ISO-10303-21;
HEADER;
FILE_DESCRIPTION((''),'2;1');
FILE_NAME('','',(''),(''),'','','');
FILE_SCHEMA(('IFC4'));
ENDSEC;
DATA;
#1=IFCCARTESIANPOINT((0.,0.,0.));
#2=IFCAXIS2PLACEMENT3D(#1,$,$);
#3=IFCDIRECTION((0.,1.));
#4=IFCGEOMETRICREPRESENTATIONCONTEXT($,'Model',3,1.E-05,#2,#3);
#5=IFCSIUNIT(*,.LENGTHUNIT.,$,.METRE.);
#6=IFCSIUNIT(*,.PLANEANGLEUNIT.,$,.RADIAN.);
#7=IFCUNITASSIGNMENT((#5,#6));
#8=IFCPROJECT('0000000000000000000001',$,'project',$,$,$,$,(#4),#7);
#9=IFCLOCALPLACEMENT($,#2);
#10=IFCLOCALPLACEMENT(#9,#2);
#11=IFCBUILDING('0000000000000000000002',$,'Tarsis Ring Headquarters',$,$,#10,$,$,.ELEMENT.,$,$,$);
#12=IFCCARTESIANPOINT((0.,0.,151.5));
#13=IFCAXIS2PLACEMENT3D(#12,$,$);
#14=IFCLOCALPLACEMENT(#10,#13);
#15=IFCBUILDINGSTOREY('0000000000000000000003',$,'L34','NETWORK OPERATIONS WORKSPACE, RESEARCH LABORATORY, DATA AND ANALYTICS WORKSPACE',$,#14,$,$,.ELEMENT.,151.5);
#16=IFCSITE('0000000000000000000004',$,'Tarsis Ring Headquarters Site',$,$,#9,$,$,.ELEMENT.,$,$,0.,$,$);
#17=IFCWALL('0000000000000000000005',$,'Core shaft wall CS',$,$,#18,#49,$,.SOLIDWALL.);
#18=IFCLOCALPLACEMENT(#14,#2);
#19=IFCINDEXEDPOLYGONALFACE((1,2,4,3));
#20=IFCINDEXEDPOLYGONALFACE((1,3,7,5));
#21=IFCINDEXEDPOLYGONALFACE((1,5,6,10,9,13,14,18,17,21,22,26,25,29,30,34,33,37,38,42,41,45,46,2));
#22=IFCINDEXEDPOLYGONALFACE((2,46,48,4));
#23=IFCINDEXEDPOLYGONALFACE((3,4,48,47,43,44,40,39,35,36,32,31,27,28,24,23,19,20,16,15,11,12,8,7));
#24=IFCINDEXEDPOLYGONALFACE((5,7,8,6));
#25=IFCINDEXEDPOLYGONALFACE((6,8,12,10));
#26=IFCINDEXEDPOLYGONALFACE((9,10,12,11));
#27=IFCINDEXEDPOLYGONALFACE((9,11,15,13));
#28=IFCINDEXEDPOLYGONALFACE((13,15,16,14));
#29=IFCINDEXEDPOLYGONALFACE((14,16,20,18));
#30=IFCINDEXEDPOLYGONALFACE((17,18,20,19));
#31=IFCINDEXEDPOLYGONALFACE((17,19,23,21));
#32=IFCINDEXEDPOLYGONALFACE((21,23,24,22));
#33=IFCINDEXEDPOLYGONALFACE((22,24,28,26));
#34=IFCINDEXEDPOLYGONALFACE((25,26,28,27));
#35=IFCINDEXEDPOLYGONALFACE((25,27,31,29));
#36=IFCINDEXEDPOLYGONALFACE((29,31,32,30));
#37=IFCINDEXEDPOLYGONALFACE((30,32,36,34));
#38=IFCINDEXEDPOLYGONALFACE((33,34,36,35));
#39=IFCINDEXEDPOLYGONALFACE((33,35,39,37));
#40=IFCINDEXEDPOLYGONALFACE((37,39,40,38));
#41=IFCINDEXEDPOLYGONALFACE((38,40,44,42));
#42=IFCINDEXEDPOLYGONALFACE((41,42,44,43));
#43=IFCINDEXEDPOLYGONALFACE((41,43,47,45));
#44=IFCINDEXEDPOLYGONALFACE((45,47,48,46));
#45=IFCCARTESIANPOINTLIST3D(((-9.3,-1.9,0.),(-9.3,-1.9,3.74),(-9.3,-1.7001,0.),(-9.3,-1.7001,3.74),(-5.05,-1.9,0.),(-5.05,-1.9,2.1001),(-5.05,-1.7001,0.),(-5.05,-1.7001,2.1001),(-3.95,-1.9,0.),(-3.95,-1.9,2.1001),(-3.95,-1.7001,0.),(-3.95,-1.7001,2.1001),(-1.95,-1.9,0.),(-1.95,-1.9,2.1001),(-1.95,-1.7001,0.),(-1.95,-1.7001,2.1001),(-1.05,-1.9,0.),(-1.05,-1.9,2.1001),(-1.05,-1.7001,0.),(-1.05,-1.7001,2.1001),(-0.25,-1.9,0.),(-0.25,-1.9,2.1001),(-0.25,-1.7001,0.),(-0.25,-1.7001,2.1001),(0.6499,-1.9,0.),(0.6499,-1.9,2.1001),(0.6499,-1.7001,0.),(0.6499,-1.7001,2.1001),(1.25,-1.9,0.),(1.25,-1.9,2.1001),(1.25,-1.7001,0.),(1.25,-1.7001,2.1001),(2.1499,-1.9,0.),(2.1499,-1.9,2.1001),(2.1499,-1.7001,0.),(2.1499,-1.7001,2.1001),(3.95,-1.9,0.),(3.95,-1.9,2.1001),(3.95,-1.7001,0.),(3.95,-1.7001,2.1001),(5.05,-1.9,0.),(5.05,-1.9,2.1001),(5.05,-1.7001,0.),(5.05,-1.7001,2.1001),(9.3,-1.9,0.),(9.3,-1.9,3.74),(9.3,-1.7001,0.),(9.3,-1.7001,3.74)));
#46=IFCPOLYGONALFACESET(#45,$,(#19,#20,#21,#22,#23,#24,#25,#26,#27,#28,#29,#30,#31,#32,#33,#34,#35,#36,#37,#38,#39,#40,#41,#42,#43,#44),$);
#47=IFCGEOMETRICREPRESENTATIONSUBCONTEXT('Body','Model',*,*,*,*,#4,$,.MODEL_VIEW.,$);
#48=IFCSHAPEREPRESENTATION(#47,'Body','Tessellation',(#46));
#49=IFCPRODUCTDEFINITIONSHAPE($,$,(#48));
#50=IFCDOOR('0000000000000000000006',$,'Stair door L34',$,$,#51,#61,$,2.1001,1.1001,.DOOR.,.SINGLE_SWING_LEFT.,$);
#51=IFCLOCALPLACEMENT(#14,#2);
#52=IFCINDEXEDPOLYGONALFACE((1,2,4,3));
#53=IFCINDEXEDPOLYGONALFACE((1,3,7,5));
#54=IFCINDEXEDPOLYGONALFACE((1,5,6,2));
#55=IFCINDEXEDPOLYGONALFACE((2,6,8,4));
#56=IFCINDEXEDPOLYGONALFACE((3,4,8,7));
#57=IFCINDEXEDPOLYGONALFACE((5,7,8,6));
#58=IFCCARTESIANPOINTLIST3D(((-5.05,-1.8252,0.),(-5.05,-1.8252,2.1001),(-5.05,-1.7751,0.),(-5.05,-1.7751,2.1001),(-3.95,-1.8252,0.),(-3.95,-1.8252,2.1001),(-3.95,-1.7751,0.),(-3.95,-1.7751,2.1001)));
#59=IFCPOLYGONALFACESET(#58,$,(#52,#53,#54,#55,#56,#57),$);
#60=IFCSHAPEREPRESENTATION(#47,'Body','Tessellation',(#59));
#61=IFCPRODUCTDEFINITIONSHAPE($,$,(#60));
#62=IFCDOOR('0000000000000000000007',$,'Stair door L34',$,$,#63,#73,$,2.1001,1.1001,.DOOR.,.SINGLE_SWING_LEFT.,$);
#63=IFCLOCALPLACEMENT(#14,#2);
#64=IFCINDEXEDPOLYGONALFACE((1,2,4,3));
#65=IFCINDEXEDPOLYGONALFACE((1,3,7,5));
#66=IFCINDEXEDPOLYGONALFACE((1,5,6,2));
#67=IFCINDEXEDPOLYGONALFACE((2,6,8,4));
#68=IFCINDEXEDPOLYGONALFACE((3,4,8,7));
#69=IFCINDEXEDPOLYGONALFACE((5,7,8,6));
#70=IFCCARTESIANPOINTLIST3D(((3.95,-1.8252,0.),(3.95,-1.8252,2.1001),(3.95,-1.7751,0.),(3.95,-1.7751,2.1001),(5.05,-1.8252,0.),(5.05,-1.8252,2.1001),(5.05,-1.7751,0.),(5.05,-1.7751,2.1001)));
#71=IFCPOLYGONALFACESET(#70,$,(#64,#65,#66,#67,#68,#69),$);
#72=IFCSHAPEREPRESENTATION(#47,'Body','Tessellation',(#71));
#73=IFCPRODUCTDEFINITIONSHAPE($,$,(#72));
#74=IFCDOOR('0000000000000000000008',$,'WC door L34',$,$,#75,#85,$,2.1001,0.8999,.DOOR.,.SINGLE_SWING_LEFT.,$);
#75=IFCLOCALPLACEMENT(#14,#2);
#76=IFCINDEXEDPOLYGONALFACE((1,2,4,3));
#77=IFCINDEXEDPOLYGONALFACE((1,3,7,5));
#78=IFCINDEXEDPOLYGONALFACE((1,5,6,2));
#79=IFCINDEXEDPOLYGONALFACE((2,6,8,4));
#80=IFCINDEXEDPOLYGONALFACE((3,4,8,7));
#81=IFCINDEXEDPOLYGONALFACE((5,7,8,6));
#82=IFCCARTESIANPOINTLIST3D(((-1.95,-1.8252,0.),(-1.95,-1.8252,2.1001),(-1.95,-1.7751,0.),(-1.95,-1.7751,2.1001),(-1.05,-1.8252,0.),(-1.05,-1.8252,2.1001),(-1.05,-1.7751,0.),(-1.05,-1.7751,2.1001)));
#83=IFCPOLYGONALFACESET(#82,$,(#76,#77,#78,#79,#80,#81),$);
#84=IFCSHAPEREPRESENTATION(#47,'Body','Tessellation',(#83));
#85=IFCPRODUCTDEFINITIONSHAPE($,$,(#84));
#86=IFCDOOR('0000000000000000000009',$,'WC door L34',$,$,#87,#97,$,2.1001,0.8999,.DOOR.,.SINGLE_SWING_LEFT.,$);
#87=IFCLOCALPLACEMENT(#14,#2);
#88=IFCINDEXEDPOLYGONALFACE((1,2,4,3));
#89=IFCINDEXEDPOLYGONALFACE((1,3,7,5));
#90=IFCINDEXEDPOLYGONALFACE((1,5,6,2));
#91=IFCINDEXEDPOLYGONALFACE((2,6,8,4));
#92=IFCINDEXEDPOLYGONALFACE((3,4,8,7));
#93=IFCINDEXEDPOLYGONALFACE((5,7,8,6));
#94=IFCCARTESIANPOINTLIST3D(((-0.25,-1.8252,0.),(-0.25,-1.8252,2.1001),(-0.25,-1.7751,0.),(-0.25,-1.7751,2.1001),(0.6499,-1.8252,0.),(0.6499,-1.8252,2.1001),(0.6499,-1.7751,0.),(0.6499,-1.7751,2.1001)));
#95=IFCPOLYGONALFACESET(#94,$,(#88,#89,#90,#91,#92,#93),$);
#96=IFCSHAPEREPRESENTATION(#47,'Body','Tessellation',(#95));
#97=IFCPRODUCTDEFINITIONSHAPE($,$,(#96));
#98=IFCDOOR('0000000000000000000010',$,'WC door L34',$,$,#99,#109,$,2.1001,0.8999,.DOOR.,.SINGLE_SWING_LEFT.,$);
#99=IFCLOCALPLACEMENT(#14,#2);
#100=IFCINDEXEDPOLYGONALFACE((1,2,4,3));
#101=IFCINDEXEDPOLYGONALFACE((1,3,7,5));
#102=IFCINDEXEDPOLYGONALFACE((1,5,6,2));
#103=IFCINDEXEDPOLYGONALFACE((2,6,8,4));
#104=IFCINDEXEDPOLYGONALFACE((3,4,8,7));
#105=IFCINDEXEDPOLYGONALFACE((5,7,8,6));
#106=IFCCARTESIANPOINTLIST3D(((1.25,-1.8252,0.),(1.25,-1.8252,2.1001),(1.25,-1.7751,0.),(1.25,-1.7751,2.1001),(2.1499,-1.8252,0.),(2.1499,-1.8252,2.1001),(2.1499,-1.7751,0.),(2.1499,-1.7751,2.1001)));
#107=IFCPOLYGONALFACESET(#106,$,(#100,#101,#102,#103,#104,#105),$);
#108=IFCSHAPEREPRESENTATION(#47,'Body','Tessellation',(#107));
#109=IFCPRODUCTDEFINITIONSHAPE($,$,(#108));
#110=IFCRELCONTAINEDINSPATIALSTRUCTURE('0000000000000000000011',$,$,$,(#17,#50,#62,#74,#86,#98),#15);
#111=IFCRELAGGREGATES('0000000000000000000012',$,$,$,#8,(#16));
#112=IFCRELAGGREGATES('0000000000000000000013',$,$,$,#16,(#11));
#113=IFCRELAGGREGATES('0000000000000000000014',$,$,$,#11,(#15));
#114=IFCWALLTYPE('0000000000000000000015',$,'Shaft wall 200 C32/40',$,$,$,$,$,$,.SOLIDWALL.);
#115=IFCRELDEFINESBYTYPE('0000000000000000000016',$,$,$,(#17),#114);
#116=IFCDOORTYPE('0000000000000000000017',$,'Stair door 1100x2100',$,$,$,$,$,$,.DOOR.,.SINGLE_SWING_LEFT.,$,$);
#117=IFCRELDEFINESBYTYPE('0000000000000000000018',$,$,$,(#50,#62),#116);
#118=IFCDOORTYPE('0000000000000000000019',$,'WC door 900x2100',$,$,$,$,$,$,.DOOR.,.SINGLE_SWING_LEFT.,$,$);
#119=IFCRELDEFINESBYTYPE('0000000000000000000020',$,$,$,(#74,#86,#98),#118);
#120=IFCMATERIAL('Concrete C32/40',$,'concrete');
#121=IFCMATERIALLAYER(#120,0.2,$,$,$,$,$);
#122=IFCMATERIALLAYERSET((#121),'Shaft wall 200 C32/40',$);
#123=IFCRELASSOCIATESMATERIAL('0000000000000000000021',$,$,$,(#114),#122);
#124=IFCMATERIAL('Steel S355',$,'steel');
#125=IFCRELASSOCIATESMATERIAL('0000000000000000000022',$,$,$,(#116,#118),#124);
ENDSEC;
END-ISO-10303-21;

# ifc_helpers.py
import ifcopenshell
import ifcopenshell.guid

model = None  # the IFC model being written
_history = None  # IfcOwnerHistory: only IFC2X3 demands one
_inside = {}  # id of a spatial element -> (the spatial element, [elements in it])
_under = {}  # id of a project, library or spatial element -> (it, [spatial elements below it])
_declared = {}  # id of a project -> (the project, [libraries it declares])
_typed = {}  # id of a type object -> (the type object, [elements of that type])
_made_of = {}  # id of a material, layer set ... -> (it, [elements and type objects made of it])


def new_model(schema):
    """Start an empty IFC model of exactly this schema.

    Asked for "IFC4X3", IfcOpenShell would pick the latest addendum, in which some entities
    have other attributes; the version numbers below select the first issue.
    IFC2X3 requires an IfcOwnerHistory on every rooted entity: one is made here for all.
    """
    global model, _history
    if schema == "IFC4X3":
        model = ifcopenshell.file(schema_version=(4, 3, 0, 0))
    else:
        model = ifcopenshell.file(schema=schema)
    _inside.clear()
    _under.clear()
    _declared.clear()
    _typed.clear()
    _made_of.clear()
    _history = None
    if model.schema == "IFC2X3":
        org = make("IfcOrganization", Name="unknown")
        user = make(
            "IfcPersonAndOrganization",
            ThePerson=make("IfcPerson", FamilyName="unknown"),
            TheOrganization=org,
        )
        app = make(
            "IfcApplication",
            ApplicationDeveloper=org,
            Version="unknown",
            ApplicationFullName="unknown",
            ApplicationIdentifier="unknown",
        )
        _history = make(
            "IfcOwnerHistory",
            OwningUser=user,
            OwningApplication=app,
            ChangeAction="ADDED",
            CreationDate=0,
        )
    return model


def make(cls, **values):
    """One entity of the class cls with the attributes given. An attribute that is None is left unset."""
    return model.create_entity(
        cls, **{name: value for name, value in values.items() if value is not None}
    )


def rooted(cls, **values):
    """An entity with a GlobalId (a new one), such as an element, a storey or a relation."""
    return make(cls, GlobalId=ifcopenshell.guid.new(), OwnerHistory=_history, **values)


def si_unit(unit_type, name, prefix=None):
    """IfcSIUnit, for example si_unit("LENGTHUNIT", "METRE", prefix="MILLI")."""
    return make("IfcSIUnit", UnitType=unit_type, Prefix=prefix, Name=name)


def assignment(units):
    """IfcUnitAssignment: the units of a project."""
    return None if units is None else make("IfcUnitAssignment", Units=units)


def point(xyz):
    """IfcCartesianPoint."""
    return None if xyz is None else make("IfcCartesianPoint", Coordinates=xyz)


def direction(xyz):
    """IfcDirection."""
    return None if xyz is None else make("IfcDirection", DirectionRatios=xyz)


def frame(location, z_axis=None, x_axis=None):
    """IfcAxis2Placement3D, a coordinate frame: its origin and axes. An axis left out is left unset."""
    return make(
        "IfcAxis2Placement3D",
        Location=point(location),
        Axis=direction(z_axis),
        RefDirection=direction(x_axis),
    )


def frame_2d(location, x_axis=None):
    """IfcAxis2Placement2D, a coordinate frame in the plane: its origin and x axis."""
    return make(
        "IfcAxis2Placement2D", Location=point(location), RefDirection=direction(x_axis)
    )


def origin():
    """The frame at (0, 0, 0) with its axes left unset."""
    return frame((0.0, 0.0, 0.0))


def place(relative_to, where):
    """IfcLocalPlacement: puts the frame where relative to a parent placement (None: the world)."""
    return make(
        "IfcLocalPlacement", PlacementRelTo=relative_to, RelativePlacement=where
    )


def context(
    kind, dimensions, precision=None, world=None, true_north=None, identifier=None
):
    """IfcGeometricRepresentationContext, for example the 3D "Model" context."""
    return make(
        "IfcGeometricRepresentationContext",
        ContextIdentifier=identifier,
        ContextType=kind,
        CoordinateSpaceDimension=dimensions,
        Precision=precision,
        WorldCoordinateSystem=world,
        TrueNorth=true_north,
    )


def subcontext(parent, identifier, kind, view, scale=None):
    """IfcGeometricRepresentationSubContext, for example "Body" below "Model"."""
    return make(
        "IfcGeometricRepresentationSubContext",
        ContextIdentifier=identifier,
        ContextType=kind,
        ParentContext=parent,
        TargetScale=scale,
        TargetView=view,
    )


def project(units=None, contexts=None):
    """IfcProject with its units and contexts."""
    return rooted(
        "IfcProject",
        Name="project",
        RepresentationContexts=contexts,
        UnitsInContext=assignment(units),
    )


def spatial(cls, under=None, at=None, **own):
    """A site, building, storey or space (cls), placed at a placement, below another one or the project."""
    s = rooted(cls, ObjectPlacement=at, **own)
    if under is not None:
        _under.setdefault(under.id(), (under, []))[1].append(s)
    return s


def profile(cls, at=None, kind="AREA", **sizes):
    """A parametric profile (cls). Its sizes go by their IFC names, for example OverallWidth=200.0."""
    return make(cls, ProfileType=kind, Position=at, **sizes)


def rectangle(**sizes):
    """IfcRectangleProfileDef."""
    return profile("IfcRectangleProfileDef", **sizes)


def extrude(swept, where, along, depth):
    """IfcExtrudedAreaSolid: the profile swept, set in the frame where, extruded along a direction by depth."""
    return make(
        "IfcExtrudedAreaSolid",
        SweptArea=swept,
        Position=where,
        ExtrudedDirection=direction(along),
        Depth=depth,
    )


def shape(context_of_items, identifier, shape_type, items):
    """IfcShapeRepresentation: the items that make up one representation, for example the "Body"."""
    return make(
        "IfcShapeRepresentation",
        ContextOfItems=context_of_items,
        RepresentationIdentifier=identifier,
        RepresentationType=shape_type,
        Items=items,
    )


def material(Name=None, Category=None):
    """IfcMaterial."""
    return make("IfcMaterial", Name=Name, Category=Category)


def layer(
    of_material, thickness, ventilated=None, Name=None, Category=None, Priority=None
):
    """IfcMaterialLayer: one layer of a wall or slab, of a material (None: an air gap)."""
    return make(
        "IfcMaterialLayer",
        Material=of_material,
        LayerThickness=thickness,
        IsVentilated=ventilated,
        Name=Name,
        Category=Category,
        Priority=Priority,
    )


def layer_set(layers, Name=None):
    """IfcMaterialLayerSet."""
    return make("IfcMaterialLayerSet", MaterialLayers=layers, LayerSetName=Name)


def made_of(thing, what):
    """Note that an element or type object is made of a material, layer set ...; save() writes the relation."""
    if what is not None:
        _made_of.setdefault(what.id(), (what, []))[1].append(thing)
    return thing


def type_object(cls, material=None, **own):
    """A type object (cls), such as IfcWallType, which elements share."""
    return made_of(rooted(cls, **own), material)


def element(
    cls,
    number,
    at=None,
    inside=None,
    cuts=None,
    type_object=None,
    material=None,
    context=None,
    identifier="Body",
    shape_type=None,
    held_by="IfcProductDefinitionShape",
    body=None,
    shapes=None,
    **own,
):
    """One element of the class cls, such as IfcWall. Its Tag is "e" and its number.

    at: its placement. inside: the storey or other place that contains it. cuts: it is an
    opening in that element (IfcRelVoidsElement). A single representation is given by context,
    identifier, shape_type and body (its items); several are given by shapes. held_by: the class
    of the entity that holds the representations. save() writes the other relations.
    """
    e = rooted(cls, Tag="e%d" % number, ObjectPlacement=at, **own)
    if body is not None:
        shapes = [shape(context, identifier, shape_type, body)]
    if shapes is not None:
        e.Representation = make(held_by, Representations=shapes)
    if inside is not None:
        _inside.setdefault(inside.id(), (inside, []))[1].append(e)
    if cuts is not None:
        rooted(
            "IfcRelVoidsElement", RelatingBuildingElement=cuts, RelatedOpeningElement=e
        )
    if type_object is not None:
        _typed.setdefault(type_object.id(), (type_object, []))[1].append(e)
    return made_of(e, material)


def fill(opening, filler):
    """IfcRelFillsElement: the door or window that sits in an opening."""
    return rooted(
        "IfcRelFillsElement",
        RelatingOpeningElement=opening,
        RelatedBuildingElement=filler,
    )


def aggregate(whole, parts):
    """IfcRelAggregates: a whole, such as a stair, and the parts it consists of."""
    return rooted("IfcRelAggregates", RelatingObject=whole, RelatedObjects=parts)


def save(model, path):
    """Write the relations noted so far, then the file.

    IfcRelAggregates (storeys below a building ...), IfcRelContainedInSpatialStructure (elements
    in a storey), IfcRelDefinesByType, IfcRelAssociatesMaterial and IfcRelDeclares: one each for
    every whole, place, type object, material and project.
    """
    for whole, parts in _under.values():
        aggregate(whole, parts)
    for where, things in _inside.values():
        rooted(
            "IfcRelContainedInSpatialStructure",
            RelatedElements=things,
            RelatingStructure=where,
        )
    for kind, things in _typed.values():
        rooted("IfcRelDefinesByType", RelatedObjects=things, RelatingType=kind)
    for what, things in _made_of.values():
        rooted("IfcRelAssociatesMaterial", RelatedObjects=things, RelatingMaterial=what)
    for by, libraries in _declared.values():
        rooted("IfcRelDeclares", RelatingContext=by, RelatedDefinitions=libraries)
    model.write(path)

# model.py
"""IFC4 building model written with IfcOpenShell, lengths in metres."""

from ifc_helpers import new_model, si_unit, direction, frame, frame_2d, origin, place, context, subcontext, project, spatial, rectangle, extrude, material, layer, layer_set, type_object, element, fill, save


model = new_model("IFC4")

# Units and contexts
model_context = context("Model", 3, precision=1e-05, world=origin(), true_north=direction((0.0, 1.0)))
body_context = subcontext(model_context, "Body", "Model", "MODEL_VIEW")
ifc_project = project(units=[si_unit("LENGTHUNIT", "METRE"), si_unit("PLANEANGLEUNIT", "RADIAN")], contexts=[model_context])

# Site, building, storey
site_placement = place(None, origin())
site = spatial("IfcSite", under=ifc_project, at=site_placement, Name="Tarsis Ring Headquarters Site", CompositionType="ELEMENT", RefElevation=0.0)
building_placement = place(site_placement, origin())
building = spatial("IfcBuilding", under=site, at=building_placement, Name="Tarsis Ring Headquarters", CompositionType="ELEMENT")
storey_placement = place(building_placement, frame((0.0, 0.0, 151.5)))
storey = spatial("IfcBuildingStorey", under=building, at=storey_placement, Name="L34", Description="NETWORK OPERATIONS WORKSPACE, RESEARCH LABORATORY, DATA AND ANALYTICS WORKSPACE", CompositionType="ELEMENT", Elevation=151.5)

# Wall, openings, doors
ifc_material_1 = material(Name="Concrete C32/40", Category="concrete")
ifc_layer_1 = layer(ifc_material_1, 0.2)
ifc_layer_set_1 = layer_set([ifc_layer_1], Name="Shaft wall 200 C32/40")
wall_type_1 = type_object("IfcWallType", Name="Shaft wall 200 C32/40", PredefinedType="SOLIDWALL", material=ifc_layer_set_1)
wall_1_placement = place(storey_placement, frame((-9.3, -1.8, 0.0), z_axis=(0.0, 0.0, 1.0), x_axis=(1.0, 0.0, 0.0)))
wall_1 = element("IfcWall", 1, at=wall_1_placement, inside=storey, type_object=wall_type_1, Name="Core shaft wall CS", PredefinedType="SOLIDWALL", context=body_context, shape_type="SweptSolid", body=[
    extrude(rectangle(XDim=18.6001, YDim=0.2, at=frame_2d((9.3, 0.0))), origin(), (0.0, 0.0, 1.0), 3.74),
])
opening_1_placement = place(wall_1_placement, frame((4.25, 0.0, 0.0)))
opening_1 = element("IfcOpeningElement", 2, at=opening_1_placement, cuts=wall_1, PredefinedType="OPENING", context=body_context, shape_type="SweptSolid", body=[
    extrude(rectangle(XDim=1.1001, YDim=2.1001, at=frame_2d((0.55, 1.05))), frame((0.0, 0.1099, 0.0), z_axis=(0.0, -1.0, 0.0), x_axis=(1.0, 0.0, 0.0)), (0.0, 0.0, 1.0), 0.22),
])
opening_2_placement = place(wall_1_placement, frame((7.3501, 0.0, 0.0)))
opening_2 = element("IfcOpeningElement", 3, at=opening_2_placement, cuts=wall_1, PredefinedType="OPENING", context=body_context, shape_type="SweptSolid", body=[
    extrude(rectangle(XDim=0.8999, YDim=2.1001, at=frame_2d((0.45, 1.05))), frame((0.0, 0.1099, 0.0), z_axis=(0.0, -1.0, 0.0), x_axis=(1.0, 0.0, 0.0)), (0.0, 0.0, 1.0), 0.22),
])
opening_3_placement = place(wall_1_placement, frame((9.05, 0.0, 0.0)))
opening_3 = element("IfcOpeningElement", 4, at=opening_3_placement, cuts=wall_1, PredefinedType="OPENING", context=body_context, shape_type="SweptSolid", body=[
    extrude(rectangle(XDim=0.8999, YDim=2.1001, at=frame_2d((0.45, 1.05))), frame((0.0, 0.1099, 0.0), z_axis=(0.0, -1.0, 0.0), x_axis=(1.0, 0.0, 0.0)), (0.0, 0.0, 1.0), 0.22),
])
opening_4_placement = place(wall_1_placement, frame((10.55, 0.0, 0.0)))
opening_4 = element("IfcOpeningElement", 5, at=opening_4_placement, cuts=wall_1, PredefinedType="OPENING", context=body_context, shape_type="SweptSolid", body=[
    extrude(rectangle(XDim=0.8999, YDim=2.1001, at=frame_2d((0.45, 1.05))), frame((0.0, 0.1099, 0.0), z_axis=(0.0, -1.0, 0.0), x_axis=(1.0, 0.0, 0.0)), (0.0, 0.0, 1.0), 0.22),
])
opening_5_placement = place(wall_1_placement, frame((13.25, 0.0, 0.0)))
opening_5 = element("IfcOpeningElement", 6, at=opening_5_placement, cuts=wall_1, PredefinedType="OPENING", context=body_context, shape_type="SweptSolid", body=[
    extrude(rectangle(XDim=1.1001, YDim=2.1001, at=frame_2d((0.55, 1.05))), frame((0.0, 0.1099, 0.0), z_axis=(0.0, -1.0, 0.0), x_axis=(1.0, 0.0, 0.0)), (0.0, 0.0, 1.0), 0.22),
])
ifc_material_2 = material(Name="Steel S355", Category="steel")
door_type_1 = type_object("IfcDoorType", Name="Stair door 1100x2100", OperationType="SINGLE_SWING_LEFT", PredefinedType="DOOR", material=ifc_material_2)
door_1_placement = place(opening_1_placement, origin())
door_1 = element("IfcDoor", 7, at=door_1_placement, inside=storey, type_object=door_type_1, Name="Stair door L34", OperationType="SINGLE_SWING_LEFT", OverallHeight=2.1001, OverallWidth=1.1001, PredefinedType="DOOR", context=body_context, shape_type="SweptSolid", body=[
    extrude(rectangle(XDim=1.1001, YDim=2.1001, at=frame_2d((0.55, 1.05))), frame((0.0, 0.0249, 0.0), z_axis=(0.0, -1.0, 0.0), x_axis=(1.0, 0.0, 0.0)), (0.0, 0.0, 1.0), 0.05),
])
fill(opening_1, door_1)
door_2_placement = place(opening_5_placement, origin())
door_2 = element("IfcDoor", 8, at=door_2_placement, inside=storey, type_object=door_type_1, Name="Stair door L34", OperationType="SINGLE_SWING_LEFT", OverallHeight=2.1001, OverallWidth=1.1001, PredefinedType="DOOR", context=body_context, shape_type="SweptSolid", body=[
    extrude(rectangle(XDim=1.1001, YDim=2.1001, at=frame_2d((0.55, 1.05))), frame((0.0, 0.0249, 0.0), z_axis=(0.0, -1.0, 0.0), x_axis=(1.0, 0.0, 0.0)), (0.0, 0.0, 1.0), 0.05),
])
fill(opening_5, door_2)
door_type_2 = type_object("IfcDoorType", Name="WC door 900x2100", OperationType="SINGLE_SWING_LEFT", PredefinedType="DOOR", material=ifc_material_2)
door_3_placement = place(opening_2_placement, origin())
door_3 = element("IfcDoor", 9, at=door_3_placement, inside=storey, type_object=door_type_2, Name="WC door L34", OperationType="SINGLE_SWING_LEFT", OverallHeight=2.1001, OverallWidth=0.8999, PredefinedType="DOOR", context=body_context, shape_type="SweptSolid", body=[
    extrude(rectangle(XDim=0.8999, YDim=2.1001, at=frame_2d((0.45, 1.05))), frame((0.0, 0.0249, 0.0), z_axis=(0.0, -1.0, 0.0), x_axis=(1.0, 0.0, 0.0)), (0.0, 0.0, 1.0), 0.05),
])
fill(opening_2, door_3)
door_4_placement = place(opening_3_placement, origin())
door_4 = element("IfcDoor", 10, at=door_4_placement, inside=storey, type_object=door_type_2, Name="WC door L34", OperationType="SINGLE_SWING_LEFT", OverallHeight=2.1001, OverallWidth=0.8999, PredefinedType="DOOR", context=body_context, shape_type="SweptSolid", body=[
    extrude(rectangle(XDim=0.8999, YDim=2.1001, at=frame_2d((0.45, 1.05))), frame((0.0, 0.0249, 0.0), z_axis=(0.0, -1.0, 0.0), x_axis=(1.0, 0.0, 0.0)), (0.0, 0.0, 1.0), 0.05),
])
fill(opening_3, door_4)
door_5_placement = place(opening_4_placement, origin())
door_5 = element("IfcDoor", 11, at=door_5_placement, inside=storey, type_object=door_type_2, Name="WC door L34", OperationType="SINGLE_SWING_LEFT", OverallHeight=2.1001, OverallWidth=0.8999, PredefinedType="DOOR", context=body_context, shape_type="SweptSolid", body=[
    extrude(rectangle(XDim=0.8999, YDim=2.1001, at=frame_2d((0.45, 1.05))), frame((0.0, 0.0249, 0.0), z_axis=(0.0, -1.0, 0.0), x_axis=(1.0, 0.0, 0.0)), (0.0, 0.0, 1.0), 0.05),
])
fill(opening_4, door_5)

save(model, "model.ifc")
